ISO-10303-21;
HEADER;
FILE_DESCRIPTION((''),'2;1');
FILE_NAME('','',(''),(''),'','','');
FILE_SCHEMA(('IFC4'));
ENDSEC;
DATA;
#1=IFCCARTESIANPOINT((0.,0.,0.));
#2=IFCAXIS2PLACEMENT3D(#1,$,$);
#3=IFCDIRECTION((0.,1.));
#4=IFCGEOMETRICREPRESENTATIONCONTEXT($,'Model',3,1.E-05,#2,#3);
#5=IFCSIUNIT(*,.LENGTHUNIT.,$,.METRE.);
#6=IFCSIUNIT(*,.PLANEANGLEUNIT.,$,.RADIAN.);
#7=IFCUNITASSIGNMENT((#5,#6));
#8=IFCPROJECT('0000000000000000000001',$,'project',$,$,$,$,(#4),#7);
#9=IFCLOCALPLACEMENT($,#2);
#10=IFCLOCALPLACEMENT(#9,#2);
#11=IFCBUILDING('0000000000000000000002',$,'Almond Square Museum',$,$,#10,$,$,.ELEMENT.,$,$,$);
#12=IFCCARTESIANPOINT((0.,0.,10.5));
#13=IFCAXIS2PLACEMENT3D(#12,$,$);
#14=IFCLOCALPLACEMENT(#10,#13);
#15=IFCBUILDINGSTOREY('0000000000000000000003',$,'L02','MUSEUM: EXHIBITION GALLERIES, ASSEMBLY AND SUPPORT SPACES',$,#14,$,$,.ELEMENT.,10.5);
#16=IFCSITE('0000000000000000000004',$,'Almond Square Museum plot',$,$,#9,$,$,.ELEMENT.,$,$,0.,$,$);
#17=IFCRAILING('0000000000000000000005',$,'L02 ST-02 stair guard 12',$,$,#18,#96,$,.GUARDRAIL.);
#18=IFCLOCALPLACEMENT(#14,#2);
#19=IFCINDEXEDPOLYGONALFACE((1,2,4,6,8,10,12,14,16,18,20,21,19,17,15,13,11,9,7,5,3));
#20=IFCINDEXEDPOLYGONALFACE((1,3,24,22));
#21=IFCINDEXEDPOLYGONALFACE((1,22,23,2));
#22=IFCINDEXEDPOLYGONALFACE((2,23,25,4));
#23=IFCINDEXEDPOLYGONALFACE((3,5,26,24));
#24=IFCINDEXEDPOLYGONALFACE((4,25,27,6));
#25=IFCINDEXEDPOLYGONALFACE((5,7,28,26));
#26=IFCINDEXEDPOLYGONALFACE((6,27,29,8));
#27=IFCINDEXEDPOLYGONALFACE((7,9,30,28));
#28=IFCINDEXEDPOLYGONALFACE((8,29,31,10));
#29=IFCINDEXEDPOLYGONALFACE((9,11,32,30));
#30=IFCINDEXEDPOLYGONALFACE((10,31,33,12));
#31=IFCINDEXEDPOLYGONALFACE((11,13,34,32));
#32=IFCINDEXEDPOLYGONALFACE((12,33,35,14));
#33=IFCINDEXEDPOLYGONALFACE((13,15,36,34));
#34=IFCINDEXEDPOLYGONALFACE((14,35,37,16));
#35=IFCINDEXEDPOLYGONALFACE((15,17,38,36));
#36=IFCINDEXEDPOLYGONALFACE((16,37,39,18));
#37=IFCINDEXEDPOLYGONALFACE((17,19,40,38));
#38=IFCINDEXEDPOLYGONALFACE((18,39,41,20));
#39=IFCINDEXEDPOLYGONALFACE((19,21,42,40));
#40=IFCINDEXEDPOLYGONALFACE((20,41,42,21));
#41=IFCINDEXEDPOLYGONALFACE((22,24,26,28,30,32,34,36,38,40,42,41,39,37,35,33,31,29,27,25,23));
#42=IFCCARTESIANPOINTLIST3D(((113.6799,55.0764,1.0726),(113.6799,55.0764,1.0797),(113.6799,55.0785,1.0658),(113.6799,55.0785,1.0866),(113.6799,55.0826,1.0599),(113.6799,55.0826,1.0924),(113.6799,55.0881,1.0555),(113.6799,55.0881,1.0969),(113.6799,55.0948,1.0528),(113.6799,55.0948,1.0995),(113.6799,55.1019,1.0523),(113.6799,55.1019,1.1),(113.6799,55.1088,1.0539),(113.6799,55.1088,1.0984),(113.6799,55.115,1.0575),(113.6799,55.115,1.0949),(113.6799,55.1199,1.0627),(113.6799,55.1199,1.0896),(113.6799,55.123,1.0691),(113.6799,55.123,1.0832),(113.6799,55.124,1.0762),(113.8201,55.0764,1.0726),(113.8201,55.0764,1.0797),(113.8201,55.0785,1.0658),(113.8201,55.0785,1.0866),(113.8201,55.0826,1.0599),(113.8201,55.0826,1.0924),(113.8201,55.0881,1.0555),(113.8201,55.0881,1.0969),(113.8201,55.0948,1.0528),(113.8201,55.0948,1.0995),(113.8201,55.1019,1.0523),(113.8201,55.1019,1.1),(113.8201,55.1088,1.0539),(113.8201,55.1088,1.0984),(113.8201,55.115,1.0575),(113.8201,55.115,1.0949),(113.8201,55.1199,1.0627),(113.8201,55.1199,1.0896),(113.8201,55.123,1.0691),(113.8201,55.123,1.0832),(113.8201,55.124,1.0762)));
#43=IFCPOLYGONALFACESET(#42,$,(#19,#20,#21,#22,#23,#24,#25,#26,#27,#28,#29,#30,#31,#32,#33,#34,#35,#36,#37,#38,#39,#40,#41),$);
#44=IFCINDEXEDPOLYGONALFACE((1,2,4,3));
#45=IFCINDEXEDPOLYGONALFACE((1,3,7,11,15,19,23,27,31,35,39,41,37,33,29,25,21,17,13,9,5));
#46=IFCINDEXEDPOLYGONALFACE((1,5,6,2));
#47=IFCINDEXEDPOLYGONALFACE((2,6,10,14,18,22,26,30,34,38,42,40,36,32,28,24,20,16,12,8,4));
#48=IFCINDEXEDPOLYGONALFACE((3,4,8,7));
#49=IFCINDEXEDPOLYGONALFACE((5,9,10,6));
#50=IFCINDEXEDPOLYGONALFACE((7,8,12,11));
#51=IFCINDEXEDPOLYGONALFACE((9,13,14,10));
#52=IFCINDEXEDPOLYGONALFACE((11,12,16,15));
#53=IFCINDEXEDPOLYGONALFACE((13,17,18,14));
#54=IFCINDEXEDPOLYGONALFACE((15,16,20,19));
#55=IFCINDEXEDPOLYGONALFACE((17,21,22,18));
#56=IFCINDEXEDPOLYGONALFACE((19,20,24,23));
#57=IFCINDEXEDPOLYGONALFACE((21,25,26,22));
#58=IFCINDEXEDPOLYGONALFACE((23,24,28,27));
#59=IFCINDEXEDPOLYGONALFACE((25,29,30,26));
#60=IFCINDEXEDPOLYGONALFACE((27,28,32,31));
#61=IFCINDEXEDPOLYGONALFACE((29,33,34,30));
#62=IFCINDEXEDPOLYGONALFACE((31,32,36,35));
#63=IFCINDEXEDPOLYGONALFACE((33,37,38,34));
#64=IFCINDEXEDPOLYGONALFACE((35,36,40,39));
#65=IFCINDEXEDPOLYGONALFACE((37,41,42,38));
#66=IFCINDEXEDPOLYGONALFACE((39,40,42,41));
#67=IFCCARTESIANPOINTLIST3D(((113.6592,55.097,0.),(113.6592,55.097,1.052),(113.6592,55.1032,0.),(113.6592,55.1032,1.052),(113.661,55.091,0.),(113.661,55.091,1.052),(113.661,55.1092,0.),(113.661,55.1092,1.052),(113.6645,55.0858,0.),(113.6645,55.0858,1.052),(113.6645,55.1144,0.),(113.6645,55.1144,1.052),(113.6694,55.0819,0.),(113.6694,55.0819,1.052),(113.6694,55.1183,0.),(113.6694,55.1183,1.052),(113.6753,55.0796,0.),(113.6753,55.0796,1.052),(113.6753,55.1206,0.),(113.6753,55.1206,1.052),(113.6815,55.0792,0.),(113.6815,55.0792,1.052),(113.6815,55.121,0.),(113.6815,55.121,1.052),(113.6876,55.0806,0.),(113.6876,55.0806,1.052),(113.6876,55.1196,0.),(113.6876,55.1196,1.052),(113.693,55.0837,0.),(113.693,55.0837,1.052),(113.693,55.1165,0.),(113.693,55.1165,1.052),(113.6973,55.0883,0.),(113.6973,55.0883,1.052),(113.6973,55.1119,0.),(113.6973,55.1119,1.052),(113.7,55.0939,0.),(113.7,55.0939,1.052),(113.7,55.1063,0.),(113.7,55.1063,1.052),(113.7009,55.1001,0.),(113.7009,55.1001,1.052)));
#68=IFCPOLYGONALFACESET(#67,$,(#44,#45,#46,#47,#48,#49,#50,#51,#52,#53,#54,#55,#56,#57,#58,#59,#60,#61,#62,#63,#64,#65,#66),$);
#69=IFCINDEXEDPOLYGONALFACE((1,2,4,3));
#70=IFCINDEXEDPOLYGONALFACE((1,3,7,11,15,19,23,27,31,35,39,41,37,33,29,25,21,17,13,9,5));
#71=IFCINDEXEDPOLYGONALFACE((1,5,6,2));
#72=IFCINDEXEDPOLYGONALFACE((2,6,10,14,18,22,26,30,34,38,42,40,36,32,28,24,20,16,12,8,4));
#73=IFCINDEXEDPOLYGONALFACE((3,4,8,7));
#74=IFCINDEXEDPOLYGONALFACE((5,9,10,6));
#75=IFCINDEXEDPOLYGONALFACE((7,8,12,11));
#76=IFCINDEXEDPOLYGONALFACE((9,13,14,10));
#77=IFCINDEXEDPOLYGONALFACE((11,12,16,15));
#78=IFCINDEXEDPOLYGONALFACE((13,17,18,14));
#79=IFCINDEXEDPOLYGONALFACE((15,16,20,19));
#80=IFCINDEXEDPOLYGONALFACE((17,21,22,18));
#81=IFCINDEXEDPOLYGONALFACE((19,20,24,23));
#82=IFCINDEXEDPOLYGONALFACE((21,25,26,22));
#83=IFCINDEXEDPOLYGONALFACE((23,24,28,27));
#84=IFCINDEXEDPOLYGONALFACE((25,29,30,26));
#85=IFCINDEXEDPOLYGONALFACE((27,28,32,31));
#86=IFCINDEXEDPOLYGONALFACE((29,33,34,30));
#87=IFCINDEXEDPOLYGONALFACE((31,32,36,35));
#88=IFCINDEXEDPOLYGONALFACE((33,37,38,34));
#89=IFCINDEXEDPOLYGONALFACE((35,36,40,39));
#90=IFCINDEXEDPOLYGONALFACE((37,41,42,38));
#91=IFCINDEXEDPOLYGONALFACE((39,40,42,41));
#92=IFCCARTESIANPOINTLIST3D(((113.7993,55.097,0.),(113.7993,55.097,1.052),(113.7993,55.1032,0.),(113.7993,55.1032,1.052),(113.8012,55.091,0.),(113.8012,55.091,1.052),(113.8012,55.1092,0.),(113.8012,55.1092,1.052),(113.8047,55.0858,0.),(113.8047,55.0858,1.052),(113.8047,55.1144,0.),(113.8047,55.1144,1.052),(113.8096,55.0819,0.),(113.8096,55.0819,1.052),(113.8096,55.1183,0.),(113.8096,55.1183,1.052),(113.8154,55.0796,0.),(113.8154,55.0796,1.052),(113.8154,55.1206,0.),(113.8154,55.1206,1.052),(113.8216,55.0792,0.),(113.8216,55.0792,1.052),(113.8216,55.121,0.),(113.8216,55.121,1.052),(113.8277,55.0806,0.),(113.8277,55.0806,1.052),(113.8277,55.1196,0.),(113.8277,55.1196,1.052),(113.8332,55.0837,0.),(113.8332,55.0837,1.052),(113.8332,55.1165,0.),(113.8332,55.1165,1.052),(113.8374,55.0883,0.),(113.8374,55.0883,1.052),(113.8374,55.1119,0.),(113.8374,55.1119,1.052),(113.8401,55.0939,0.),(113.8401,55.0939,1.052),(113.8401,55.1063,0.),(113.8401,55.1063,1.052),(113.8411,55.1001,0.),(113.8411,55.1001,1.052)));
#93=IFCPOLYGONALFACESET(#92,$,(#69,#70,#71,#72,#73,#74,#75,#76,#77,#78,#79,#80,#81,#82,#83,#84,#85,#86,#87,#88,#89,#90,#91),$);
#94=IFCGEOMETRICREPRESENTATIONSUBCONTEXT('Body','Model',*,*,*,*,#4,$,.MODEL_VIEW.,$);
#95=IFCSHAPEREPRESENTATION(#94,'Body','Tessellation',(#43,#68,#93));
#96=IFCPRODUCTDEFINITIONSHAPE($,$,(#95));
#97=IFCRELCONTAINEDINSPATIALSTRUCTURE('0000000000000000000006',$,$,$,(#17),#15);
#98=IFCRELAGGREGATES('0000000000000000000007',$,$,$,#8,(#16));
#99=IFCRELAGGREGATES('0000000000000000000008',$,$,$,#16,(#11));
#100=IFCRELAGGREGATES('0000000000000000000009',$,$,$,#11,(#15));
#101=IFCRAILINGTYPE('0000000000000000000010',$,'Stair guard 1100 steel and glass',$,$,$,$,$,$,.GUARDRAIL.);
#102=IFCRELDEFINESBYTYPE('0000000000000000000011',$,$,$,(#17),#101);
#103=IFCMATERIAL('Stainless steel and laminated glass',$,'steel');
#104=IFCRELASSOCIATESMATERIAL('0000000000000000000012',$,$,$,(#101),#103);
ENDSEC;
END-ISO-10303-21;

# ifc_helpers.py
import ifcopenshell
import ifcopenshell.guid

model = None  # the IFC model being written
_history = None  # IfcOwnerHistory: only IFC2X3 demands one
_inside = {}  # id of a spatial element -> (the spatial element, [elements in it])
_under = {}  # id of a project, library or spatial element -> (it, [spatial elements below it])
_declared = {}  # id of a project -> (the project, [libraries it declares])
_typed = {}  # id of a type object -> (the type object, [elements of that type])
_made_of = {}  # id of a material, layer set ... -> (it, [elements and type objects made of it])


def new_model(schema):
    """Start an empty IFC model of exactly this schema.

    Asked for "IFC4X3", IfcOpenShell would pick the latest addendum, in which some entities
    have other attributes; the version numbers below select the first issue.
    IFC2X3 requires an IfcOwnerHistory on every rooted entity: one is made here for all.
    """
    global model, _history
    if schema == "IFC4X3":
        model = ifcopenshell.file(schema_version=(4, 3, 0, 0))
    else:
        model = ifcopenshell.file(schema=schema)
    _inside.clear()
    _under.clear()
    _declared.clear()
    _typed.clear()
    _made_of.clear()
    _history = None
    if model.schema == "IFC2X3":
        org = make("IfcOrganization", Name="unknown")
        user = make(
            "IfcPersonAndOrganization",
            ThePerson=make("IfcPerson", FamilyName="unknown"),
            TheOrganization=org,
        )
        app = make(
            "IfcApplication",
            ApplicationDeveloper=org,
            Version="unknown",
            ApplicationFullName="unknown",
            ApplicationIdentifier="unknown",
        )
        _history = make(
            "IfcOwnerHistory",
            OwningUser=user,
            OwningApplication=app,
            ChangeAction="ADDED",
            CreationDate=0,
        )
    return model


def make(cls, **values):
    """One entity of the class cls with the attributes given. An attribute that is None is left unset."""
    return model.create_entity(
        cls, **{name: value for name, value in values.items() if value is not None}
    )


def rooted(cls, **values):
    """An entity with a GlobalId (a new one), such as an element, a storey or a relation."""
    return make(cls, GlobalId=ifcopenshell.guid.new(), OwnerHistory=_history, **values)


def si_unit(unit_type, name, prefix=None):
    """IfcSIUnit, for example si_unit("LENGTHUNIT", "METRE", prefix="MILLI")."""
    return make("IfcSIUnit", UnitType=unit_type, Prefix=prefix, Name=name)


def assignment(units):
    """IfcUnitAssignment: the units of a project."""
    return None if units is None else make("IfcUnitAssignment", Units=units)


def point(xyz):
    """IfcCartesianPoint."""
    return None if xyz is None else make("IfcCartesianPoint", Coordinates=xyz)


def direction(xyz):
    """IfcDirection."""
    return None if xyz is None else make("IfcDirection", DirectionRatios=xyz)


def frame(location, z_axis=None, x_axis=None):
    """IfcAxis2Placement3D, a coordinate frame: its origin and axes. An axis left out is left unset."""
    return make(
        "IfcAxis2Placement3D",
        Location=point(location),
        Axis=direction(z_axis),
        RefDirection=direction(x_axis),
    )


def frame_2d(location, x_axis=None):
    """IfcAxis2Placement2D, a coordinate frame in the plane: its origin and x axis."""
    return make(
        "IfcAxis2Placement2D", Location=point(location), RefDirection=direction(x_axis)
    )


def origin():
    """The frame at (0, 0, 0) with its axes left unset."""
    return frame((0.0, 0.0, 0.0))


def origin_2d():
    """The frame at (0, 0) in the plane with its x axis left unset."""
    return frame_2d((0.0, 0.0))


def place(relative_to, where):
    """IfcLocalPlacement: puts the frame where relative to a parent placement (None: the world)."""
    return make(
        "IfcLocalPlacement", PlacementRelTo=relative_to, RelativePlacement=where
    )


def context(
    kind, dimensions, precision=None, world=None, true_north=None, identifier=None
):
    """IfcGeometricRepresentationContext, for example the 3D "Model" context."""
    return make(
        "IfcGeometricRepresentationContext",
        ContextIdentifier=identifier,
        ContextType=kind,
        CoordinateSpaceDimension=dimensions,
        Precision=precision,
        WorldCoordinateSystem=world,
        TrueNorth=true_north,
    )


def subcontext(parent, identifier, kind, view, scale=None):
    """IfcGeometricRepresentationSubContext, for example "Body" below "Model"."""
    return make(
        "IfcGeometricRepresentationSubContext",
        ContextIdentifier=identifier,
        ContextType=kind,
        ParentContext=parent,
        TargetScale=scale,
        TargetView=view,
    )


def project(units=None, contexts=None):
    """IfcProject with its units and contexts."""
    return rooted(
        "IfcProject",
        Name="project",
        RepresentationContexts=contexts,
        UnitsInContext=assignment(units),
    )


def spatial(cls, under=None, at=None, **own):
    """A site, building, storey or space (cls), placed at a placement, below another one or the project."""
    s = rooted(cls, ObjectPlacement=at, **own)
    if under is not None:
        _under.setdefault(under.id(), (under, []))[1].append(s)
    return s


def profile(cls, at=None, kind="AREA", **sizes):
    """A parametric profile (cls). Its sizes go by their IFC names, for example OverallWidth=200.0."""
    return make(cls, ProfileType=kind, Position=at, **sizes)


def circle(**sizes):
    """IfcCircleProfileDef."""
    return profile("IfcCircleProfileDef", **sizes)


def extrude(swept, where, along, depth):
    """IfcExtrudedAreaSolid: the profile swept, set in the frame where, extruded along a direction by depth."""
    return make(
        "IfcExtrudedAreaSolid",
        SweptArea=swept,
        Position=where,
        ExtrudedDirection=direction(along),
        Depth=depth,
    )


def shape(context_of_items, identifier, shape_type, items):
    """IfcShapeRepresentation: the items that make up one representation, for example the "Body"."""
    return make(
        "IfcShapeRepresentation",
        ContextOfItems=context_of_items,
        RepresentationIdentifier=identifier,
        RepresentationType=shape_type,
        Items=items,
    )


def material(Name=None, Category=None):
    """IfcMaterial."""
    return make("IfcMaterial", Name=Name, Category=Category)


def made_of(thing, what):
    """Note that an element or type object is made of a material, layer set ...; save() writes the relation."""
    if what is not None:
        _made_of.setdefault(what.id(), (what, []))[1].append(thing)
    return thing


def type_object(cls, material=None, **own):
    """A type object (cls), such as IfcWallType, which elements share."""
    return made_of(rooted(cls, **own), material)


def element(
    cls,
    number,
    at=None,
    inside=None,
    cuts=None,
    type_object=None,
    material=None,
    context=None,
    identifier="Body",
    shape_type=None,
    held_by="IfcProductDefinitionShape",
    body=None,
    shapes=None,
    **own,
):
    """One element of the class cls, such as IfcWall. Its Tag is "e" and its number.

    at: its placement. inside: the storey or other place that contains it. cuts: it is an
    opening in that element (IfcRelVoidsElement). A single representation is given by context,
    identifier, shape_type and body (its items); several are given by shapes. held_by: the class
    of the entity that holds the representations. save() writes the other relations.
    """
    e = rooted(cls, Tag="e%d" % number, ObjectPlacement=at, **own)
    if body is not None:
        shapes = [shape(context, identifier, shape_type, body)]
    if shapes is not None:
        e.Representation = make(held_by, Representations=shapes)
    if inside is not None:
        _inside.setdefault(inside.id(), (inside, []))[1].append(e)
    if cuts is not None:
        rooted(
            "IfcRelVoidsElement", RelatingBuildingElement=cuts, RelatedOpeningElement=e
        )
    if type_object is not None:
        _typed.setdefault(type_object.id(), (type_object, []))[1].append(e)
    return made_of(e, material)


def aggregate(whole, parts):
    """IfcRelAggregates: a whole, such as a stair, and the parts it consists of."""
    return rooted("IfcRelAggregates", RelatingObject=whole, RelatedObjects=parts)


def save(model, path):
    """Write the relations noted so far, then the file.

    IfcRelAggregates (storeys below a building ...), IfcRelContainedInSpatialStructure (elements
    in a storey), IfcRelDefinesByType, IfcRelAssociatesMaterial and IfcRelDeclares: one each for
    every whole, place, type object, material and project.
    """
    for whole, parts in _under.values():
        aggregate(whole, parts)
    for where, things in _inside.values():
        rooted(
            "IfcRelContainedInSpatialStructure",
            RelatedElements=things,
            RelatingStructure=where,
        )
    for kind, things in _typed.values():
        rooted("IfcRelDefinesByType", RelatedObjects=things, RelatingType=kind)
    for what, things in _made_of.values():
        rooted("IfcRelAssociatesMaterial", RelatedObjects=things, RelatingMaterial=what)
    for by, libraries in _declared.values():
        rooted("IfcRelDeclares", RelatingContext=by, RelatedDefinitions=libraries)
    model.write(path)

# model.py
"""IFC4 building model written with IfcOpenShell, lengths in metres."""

from ifc_helpers import new_model, si_unit, direction, frame, origin, origin_2d, place, context, subcontext, project, spatial, circle, extrude, material, type_object, element, save


model = new_model("IFC4")

# Units and contexts
model_context = context("Model", 3, precision=1e-05, world=origin(), true_north=direction((0.0, 1.0)))
body_context = subcontext(model_context, "Body", "Model", "MODEL_VIEW")
ifc_project = project(units=[si_unit("LENGTHUNIT", "METRE"), si_unit("PLANEANGLEUNIT", "RADIAN")], contexts=[model_context])

# Site, building, storey
site_placement = place(None, origin())
site = spatial("IfcSite", under=ifc_project, at=site_placement, Name="Almond Square Museum plot", CompositionType="ELEMENT", RefElevation=0.0)
building_placement = place(site_placement, origin())
building = spatial("IfcBuilding", under=site, at=building_placement, Name="Almond Square Museum", CompositionType="ELEMENT")
storey_placement = place(building_placement, frame((0.0, 0.0, 10.5)))
storey = spatial("IfcBuildingStorey", under=building, at=storey_placement, Name="L02", Description="MUSEUM: EXHIBITION GALLERIES, ASSEMBLY AND SUPPORT SPACES", CompositionType="ELEMENT", Elevation=10.5)

# Railing
ifc_material_1 = material(Name="Stainless steel and laminated glass", Category="steel")
railing_type_1 = type_object("IfcRailingType", Name="Stair guard 1100 steel and glass", PredefinedType="GUARDRAIL", material=ifc_material_1)
railing_1_placement = place(storey_placement, frame((113.6799, 55.1001, 0.0)))
element("IfcRailing", 1, at=railing_1_placement, inside=storey, type_object=railing_type_1, Name="L02 ST-02 stair guard 12", PredefinedType="GUARDRAIL", context=body_context, shape_type="SweptSolid", body=[
    extrude(circle(Radius=0.0239, at=origin_2d()), frame((0.0, 0.0, 1.0762), z_axis=(1.0, 0.0, 0.0), x_axis=(0.0, 1.0, 0.0)), (0.0, 0.0, 1.0), 0.1401),
    extrude(circle(Radius=0.021, at=origin_2d()), origin(), (0.0, 0.0, 1.0), 1.052),
    extrude(circle(Radius=0.021, at=origin_2d()), frame((0.1401, 0.0, 0.0)), (0.0, 0.0, 1.0), 1.052),
])

save(model, "model.ifc")
